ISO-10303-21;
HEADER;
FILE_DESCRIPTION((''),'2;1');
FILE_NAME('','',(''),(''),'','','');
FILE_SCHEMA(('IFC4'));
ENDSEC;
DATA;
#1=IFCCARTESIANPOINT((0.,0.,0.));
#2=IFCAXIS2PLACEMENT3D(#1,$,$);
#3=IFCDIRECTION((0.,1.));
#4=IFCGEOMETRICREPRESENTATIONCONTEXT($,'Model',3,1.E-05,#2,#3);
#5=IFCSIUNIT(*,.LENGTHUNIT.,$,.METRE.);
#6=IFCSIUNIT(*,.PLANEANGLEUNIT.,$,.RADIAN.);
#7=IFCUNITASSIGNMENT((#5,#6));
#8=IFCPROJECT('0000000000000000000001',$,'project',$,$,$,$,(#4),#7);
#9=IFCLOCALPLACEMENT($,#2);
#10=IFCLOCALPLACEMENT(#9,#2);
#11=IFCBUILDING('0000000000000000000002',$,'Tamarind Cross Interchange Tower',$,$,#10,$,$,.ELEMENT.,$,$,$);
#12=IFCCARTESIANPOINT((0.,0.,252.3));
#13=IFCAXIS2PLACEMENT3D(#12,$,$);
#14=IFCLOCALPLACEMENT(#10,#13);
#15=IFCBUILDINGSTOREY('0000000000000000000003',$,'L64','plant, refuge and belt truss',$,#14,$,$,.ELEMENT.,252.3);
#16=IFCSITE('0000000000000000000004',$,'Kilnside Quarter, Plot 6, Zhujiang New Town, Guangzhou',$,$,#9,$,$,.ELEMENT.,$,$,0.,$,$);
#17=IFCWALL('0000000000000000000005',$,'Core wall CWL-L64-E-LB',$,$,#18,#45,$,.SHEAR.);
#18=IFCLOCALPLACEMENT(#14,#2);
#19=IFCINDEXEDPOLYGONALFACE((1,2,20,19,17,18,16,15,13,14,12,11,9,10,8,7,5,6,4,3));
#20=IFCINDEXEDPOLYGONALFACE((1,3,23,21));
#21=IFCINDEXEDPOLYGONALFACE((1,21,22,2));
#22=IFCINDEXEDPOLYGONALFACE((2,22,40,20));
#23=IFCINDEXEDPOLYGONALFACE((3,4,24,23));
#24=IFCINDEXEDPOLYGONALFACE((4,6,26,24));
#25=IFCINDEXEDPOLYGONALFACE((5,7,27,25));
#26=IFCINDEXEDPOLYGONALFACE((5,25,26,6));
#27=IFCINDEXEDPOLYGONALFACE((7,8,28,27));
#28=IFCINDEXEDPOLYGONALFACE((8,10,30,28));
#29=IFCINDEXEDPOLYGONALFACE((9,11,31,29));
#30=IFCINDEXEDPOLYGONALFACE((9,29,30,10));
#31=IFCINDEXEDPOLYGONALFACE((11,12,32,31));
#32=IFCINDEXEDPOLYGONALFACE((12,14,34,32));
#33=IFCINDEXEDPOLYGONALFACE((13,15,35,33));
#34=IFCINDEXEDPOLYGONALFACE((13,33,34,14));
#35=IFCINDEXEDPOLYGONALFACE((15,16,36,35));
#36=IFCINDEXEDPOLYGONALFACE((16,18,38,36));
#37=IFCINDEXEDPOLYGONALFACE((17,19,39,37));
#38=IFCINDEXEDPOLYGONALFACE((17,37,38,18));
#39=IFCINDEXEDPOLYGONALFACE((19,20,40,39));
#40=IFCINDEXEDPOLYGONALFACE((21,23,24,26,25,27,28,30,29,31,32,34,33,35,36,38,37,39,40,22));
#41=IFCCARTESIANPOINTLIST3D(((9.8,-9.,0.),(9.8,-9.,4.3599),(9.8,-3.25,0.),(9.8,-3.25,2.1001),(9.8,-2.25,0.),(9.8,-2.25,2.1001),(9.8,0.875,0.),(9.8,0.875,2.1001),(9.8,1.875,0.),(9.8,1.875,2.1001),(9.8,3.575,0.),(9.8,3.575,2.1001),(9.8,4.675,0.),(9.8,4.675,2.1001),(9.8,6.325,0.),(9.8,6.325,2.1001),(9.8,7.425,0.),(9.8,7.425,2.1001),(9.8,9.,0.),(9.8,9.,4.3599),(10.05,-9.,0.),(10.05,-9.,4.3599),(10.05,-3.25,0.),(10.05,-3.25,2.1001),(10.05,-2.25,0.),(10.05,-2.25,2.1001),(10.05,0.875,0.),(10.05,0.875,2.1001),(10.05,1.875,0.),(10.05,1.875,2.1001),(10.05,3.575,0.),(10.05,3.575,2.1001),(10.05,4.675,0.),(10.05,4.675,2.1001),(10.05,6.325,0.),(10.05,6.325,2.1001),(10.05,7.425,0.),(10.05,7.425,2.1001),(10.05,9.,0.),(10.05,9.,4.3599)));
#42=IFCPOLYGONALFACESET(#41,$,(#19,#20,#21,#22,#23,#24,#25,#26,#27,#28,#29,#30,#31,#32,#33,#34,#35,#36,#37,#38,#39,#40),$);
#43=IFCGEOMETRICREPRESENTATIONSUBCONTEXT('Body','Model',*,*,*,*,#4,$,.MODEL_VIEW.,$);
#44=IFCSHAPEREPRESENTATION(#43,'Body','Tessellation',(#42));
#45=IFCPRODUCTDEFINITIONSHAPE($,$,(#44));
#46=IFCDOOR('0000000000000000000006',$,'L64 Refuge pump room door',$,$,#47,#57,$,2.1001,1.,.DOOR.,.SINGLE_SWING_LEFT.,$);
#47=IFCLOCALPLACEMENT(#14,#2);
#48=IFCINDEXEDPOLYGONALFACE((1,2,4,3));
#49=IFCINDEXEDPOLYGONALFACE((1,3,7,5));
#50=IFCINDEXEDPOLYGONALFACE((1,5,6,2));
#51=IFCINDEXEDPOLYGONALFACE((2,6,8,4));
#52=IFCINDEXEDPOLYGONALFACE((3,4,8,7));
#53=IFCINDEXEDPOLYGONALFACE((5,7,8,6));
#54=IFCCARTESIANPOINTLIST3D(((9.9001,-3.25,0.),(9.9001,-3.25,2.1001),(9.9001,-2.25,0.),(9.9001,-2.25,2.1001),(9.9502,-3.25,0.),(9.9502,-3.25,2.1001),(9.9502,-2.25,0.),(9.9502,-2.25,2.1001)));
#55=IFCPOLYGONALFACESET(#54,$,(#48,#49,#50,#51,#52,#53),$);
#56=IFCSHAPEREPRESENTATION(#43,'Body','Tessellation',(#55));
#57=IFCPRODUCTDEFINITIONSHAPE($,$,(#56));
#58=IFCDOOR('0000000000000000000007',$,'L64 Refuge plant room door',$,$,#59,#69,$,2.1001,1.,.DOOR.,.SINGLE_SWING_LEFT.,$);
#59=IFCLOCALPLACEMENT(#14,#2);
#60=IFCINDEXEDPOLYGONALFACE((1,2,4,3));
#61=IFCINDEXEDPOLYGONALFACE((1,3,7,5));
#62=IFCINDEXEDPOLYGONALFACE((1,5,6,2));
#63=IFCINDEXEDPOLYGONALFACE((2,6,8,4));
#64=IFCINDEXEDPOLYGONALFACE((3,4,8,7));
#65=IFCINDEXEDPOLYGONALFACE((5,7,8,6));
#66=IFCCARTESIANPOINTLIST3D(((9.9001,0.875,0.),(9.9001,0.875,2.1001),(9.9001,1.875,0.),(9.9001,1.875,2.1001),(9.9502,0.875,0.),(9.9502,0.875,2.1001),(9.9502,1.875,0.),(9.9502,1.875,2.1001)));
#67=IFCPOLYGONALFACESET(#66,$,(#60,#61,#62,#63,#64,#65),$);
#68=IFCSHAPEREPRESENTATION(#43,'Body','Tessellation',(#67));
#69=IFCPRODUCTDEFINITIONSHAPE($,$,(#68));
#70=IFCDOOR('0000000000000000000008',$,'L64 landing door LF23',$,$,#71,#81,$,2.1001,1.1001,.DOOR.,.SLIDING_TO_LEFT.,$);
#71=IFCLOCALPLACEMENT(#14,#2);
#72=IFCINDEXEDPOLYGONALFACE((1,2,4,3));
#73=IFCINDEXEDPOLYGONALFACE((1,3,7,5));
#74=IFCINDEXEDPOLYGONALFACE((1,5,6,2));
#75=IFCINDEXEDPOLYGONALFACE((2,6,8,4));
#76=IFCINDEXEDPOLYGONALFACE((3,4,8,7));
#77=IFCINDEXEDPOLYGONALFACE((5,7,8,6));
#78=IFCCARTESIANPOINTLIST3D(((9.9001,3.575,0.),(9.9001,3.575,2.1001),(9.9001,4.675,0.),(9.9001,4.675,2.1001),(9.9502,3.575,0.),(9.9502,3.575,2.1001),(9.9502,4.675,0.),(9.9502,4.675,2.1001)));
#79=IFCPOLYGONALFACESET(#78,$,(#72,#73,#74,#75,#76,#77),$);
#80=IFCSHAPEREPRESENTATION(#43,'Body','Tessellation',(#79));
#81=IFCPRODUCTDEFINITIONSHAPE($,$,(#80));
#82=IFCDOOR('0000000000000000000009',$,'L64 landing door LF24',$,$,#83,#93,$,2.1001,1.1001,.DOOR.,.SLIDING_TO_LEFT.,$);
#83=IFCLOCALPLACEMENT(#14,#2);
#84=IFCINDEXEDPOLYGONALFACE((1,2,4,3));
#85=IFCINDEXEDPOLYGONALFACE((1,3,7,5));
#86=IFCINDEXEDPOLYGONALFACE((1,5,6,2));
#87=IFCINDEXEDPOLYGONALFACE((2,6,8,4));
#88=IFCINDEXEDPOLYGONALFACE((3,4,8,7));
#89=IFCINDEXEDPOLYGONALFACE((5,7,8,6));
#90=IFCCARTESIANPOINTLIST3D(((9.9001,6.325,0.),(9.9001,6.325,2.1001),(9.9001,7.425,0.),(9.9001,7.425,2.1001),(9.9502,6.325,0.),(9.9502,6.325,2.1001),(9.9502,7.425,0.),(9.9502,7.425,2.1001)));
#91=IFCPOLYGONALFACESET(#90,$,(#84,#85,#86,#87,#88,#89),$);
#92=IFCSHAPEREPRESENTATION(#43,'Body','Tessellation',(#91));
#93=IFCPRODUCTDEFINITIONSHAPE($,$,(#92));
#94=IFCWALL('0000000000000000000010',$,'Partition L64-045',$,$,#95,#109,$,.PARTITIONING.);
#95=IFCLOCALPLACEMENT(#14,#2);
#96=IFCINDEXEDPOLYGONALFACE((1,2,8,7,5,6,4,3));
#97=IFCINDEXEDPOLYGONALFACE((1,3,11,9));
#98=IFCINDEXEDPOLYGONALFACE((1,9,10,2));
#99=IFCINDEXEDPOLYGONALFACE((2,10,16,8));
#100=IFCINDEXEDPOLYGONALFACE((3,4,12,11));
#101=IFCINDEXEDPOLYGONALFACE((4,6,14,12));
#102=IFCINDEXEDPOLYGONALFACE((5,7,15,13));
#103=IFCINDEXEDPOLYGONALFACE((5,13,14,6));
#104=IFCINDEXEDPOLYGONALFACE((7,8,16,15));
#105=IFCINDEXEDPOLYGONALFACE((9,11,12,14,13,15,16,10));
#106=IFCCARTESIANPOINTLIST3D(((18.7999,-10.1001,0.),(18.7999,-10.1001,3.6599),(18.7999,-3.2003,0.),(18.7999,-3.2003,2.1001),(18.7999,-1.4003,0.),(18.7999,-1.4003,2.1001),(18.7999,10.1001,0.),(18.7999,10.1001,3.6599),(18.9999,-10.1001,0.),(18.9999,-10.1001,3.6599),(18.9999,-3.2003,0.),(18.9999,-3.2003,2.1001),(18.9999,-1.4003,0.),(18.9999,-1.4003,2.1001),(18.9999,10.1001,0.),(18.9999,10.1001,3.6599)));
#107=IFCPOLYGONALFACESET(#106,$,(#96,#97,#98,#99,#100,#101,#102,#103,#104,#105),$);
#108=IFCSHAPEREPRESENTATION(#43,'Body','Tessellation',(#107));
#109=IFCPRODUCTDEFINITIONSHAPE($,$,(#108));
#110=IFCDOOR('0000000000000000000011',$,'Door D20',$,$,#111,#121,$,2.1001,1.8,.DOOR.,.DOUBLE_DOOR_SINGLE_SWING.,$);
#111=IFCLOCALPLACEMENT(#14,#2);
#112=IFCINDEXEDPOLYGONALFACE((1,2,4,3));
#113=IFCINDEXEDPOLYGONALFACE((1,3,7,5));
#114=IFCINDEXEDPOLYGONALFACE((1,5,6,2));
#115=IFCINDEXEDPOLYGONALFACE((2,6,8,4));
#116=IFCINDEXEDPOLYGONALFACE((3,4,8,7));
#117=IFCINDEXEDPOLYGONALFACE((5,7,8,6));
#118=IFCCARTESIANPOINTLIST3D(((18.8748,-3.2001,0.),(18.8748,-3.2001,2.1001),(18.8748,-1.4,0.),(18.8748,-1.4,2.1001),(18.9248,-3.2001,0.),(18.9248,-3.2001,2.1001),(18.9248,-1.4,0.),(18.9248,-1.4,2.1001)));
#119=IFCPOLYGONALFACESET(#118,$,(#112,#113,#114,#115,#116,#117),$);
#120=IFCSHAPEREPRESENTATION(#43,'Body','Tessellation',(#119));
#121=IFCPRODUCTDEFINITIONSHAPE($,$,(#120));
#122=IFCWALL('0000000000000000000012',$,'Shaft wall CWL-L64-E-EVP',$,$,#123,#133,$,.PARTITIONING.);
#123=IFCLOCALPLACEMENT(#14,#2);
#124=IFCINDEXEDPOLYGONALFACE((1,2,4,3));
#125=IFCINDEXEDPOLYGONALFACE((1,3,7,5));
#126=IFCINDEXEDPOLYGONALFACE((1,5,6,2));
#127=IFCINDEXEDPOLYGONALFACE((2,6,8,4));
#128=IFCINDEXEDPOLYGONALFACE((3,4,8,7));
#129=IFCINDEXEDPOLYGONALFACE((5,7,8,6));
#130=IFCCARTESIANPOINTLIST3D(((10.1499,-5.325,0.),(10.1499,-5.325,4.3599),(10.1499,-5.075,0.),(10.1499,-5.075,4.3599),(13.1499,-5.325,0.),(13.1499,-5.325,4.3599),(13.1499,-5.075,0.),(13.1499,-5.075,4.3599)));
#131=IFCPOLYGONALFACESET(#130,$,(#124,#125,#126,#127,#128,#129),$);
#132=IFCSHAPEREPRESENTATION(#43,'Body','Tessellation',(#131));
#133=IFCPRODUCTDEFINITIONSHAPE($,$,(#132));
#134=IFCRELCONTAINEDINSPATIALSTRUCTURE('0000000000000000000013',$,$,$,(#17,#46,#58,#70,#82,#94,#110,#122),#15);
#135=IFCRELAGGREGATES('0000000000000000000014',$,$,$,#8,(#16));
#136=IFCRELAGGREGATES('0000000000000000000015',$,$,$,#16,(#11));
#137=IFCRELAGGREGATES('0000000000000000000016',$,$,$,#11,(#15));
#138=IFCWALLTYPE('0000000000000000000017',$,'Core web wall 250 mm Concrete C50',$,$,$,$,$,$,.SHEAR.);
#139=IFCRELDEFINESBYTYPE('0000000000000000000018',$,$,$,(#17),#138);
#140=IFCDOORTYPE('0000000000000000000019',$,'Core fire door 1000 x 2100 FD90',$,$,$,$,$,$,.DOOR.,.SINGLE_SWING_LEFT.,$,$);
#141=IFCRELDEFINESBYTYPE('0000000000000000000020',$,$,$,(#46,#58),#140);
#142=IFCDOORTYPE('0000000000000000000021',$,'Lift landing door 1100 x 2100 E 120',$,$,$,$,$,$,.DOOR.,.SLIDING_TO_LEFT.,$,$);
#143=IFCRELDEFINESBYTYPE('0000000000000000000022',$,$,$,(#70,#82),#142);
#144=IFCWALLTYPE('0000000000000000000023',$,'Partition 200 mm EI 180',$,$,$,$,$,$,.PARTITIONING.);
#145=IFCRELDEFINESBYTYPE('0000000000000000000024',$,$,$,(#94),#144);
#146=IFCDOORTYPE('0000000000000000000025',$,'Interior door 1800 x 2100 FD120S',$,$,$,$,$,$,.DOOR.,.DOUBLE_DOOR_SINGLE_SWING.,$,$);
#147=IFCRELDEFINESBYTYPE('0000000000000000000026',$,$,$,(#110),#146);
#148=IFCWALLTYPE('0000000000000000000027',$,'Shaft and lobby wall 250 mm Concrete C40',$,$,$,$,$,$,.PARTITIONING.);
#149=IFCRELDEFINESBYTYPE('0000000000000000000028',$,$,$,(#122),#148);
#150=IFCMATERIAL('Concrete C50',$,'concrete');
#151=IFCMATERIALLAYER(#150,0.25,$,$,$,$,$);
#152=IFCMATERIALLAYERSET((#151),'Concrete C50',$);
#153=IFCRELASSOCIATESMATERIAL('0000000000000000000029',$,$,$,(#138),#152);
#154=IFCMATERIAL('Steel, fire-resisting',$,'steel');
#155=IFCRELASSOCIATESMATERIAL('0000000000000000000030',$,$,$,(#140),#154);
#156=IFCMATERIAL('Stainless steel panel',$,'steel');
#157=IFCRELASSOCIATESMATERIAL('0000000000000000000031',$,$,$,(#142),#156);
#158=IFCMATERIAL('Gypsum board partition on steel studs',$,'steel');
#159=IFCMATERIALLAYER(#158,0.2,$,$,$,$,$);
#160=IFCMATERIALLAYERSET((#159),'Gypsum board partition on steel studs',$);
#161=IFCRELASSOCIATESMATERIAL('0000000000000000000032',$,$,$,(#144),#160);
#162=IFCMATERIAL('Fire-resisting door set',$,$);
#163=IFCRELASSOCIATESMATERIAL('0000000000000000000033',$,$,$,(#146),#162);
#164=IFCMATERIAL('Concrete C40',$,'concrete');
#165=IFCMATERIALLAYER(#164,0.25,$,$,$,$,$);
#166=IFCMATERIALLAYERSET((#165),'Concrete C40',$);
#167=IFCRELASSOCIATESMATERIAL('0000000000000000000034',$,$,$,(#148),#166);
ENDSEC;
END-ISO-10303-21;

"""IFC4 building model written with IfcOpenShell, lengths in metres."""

from ifc_helpers import new_model, si_unit, direction, frame, frame_2d, origin, place, context, subcontext, project, spatial, rectangle, extrude, material, layer, layer_set, type_object, element, fill, save


model = new_model("IFC4")

# Units and contexts
model_context = context("Model", 3, precision=1e-05, world=origin(), true_north=direction((0.0, 1.0)))
body_context = subcontext(model_context, "Body", "Model", "MODEL_VIEW")
ifc_project = project(units=[si_unit("LENGTHUNIT", "METRE"), si_unit("PLANEANGLEUNIT", "RADIAN")], contexts=[model_context])

# Site, building, storey
site_placement = place(None, origin())
site = spatial("IfcSite", under=ifc_project, at=site_placement, Name="Kilnside Quarter, Plot 6, Zhujiang New Town, Guangzhou", CompositionType="ELEMENT", RefElevation=0.0)
building_placement = place(site_placement, origin())
building = spatial("IfcBuilding", under=site, at=building_placement, Name="Tamarind Cross Interchange Tower", CompositionType="ELEMENT")
storey_placement = place(building_placement, frame((0.0, 0.0, 252.3)))
storey = spatial("IfcBuildingStorey", under=building, at=storey_placement, Name="L64", Description="plant, refuge and belt truss", CompositionType="ELEMENT", Elevation=252.3)

# Shared definitions
ifc_material_1 = material(Name="Concrete C50", Category="concrete")

# Wall, openings, doors
ifc_material_2 = material(Name="Steel, fire-resisting", Category="steel")
ifc_layer_1 = layer(ifc_material_1, 0.25)
ifc_layer_set_1 = layer_set([ifc_layer_1], Name="Concrete C50")
wall_type_1 = type_object("IfcWallType", Name="Core web wall 250 mm Concrete C50", PredefinedType="SHEAR", material=ifc_layer_set_1)
door_type_1 = type_object("IfcDoorType", Name="Core fire door 1000 x 2100 FD90", OperationType="SINGLE_SWING_LEFT", PredefinedType="DOOR", material=ifc_material_2)
ifc_material_3 = material(Name="Stainless steel panel", Category="steel")
wall_1_placement = place(storey_placement, frame((9.925, -9.0, 0.0), z_axis=(0.0, 0.0, 1.0), x_axis=(0.0, 1.0, 0.0)))
wall_1 = element("IfcWall", 1, at=wall_1_placement, inside=storey, type_object=wall_type_1, Name="Core wall CWL-L64-E-LB", PredefinedType="SHEAR", context=body_context, shape_type="SweptSolid", body=[
    extrude(rectangle(XDim=18.0, YDim=0.25, at=frame_2d((9.0, 0.0))), origin(), (0.0, 0.0, 1.0), 4.3599),
])
opening_1_placement = place(wall_1_placement, frame((12.575, 0.0, 0.0)))
opening_1 = element("IfcOpeningElement", 2, at=opening_1_placement, cuts=wall_1, PredefinedType="OPENING", context=body_context, shape_type="SweptSolid", body=[
    extrude(rectangle(XDim=1.1001, YDim=2.1001, at=frame_2d((0.55, 1.05))), frame((0.0, 0.135, 0.0), z_axis=(0.0, -1.0, 0.0), x_axis=(1.0, 0.0, 0.0)), (0.0, 0.0, 1.0), 0.27),
])
opening_2_placement = place(wall_1_placement, frame((15.325, 0.0, 0.0)))
opening_2 = element("IfcOpeningElement", 3, at=opening_2_placement, cuts=wall_1, PredefinedType="OPENING", context=body_context, shape_type="SweptSolid", body=[
    extrude(rectangle(XDim=1.1001, YDim=2.1001, at=frame_2d((0.55, 1.05))), frame((0.0, 0.135, 0.0), z_axis=(0.0, -1.0, 0.0), x_axis=(1.0, 0.0, 0.0)), (0.0, 0.0, 1.0), 0.27),
])
opening_3_placement = place(wall_1_placement, frame((5.75, 0.0, 0.0)))
opening_3 = element("IfcOpeningElement", 4, at=opening_3_placement, cuts=wall_1, PredefinedType="OPENING", context=body_context, shape_type="SweptSolid", body=[
    extrude(rectangle(XDim=1.0, YDim=2.1001, at=frame_2d((0.5, 1.05))), frame((0.0, 0.135, 0.0), z_axis=(0.0, -1.0, 0.0), x_axis=(1.0, 0.0, 0.0)), (0.0, 0.0, 1.0), 0.27),
])
opening_4_placement = place(wall_1_placement, frame((9.875, 0.0, 0.0)))
opening_4 = element("IfcOpeningElement", 5, at=opening_4_placement, cuts=wall_1, PredefinedType="OPENING", context=body_context, shape_type="SweptSolid", body=[
    extrude(rectangle(XDim=1.0, YDim=2.1001, at=frame_2d((0.5, 1.05))), frame((0.0, 0.135, 0.0), z_axis=(0.0, -1.0, 0.0), x_axis=(1.0, 0.0, 0.0)), (0.0, 0.0, 1.0), 0.27),
])
door_1_placement = place(opening_3_placement, origin())
door_1 = element("IfcDoor", 6, at=door_1_placement, inside=storey, type_object=door_type_1, Name="L64 Refuge pump room door", OperationType="SINGLE_SWING_LEFT", OverallHeight=2.1001, OverallWidth=1.0, PredefinedType="DOOR", context=body_context, shape_type="SweptSolid", body=[
    extrude(rectangle(XDim=1.0, YDim=2.1001, at=frame_2d((0.5, 1.05))), frame((0.0, 0.0249, 0.0), z_axis=(0.0, -1.0, 0.0), x_axis=(1.0, 0.0, 0.0)), (0.0, 0.0, 1.0), 0.05),
])
fill(opening_3, door_1)
door_2_placement = place(opening_4_placement, origin())
door_2 = element("IfcDoor", 7, at=door_2_placement, inside=storey, type_object=door_type_1, Name="L64 Refuge plant room door", OperationType="SINGLE_SWING_LEFT", OverallHeight=2.1001, OverallWidth=1.0, PredefinedType="DOOR", context=body_context, shape_type="SweptSolid", body=[
    extrude(rectangle(XDim=1.0, YDim=2.1001, at=frame_2d((0.5, 1.05))), frame((0.0, 0.0249, 0.0), z_axis=(0.0, -1.0, 0.0), x_axis=(1.0, 0.0, 0.0)), (0.0, 0.0, 1.0), 0.05),
])
fill(opening_4, door_2)
door_type_2 = type_object("IfcDoorType", Name="Lift landing door 1100 x 2100 E 120", OperationType="SLIDING_TO_LEFT", PredefinedType="DOOR", material=ifc_material_3)
door_3_placement = place(opening_1_placement, origin())
door_3 = element("IfcDoor", 8, at=door_3_placement, inside=storey, type_object=door_type_2, Name="L64 landing door LF23", OperationType="SLIDING_TO_LEFT", OverallHeight=2.1001, OverallWidth=1.1001, PredefinedType="DOOR", context=body_context, shape_type="SweptSolid", body=[
    extrude(rectangle(XDim=1.1001, YDim=2.1001, at=frame_2d((0.55, 1.05))), frame((0.0, 0.0249, 0.0), z_axis=(0.0, -1.0, 0.0), x_axis=(1.0, 0.0, 0.0)), (0.0, 0.0, 1.0), 0.05),
])
fill(opening_1, door_3)
door_4_placement = place(opening_2_placement, origin())
door_4 = element("IfcDoor", 9, at=door_4_placement, inside=storey, type_object=door_type_2, Name="L64 landing door LF24", OperationType="SLIDING_TO_LEFT", OverallHeight=2.1001, OverallWidth=1.1001, PredefinedType="DOOR", context=body_context, shape_type="SweptSolid", body=[
    extrude(rectangle(XDim=1.1001, YDim=2.1001, at=frame_2d((0.55, 1.05))), frame((0.0, 0.0249, 0.0), z_axis=(0.0, -1.0, 0.0), x_axis=(1.0, 0.0, 0.0)), (0.0, 0.0, 1.0), 0.05),
])
fill(opening_2, door_4)

# Wall, opening, door
ifc_material_4 = material(Name="Gypsum board partition on steel studs", Category="steel")
ifc_layer_2 = layer(ifc_material_4, 0.2)
ifc_layer_set_2 = layer_set([ifc_layer_2], Name="Gypsum board partition on steel studs")
wall_type_2 = type_object("IfcWallType", Name="Partition 200 mm EI 180", PredefinedType="PARTITIONING", material=ifc_layer_set_2)
wall_2_placement = place(storey_placement, frame((18.8999, -10.1001, 0.0), z_axis=(0.0, 0.0, 1.0), x_axis=(0.0, 1.0, 0.0)))
wall_2 = element("IfcWall", 10, at=wall_2_placement, inside=storey, type_object=wall_type_2, Name="Partition L64-045", PredefinedType="PARTITIONING", context=body_context, shape_type="SweptSolid", body=[
    extrude(rectangle(XDim=20.2002, YDim=0.2, at=frame_2d((10.1001, 0.0))), origin(), (0.0, 0.0, 1.0), 3.6599),
])
opening_5_placement = place(wall_2_placement, frame((6.8999, 0.0, 0.0)))
opening_5 = element("IfcOpeningElement", 11, at=opening_5_placement, cuts=wall_2, PredefinedType="OPENING", context=body_context, shape_type="SweptSolid", body=[
    extrude(rectangle(XDim=1.8, YDim=2.1001, at=frame_2d((0.8999, 1.05))), frame((0.0, 0.1099, 0.0), z_axis=(0.0, -1.0, 0.0), x_axis=(1.0, 0.0, 0.0)), (0.0, 0.0, 1.0), 0.22),
])
ifc_material_5 = material(Name="Fire-resisting door set")
door_type_3 = type_object("IfcDoorType", Name="Interior door 1800 x 2100 FD120S", OperationType="DOUBLE_DOOR_SINGLE_SWING", PredefinedType="DOOR", material=ifc_material_5)
door_5_placement = place(opening_5_placement, frame((1.8, 0.0, 0.0), z_axis=(0.0, 0.0, 1.0), x_axis=(-1.0, 0.0, 0.0)))
door_5 = element("IfcDoor", 12, at=door_5_placement, inside=storey, type_object=door_type_3, Name="Door D20", OperationType="DOUBLE_DOOR_SINGLE_SWING", OverallHeight=2.1001, OverallWidth=1.8, PredefinedType="DOOR", context=body_context, shape_type="SweptSolid", body=[
    extrude(rectangle(XDim=1.8, YDim=2.1001, at=frame_2d((0.8999, 1.05))), frame((0.0, 0.0249, 0.0), z_axis=(0.0, -1.0, 0.0), x_axis=(1.0, 0.0, 0.0)), (0.0, 0.0, 1.0), 0.05),
])
fill(opening_5, door_5)

# Wall
ifc_material_6 = material(Name="Concrete C40", Category="concrete")
ifc_layer_3 = layer(ifc_material_6, 0.25)
ifc_layer_set_3 = layer_set([ifc_layer_3], Name="Concrete C40")
wall_type_3 = type_object("IfcWallType", Name="Shaft and lobby wall 250 mm Concrete C40", PredefinedType="PARTITIONING", material=ifc_layer_set_3)
wall_3_placement = place(storey_placement, frame((13.1499, -5.2, 0.0), z_axis=(0.0, 0.0, 1.0), x_axis=(-1.0, 0.0, 0.0)))
element("IfcWall", 13, at=wall_3_placement, inside=storey, type_object=wall_type_3, Name="Shaft wall CWL-L64-E-EVP", PredefinedType="PARTITIONING", context=body_context, shape_type="SweptSolid", body=[
    extrude(rectangle(XDim=3.0, YDim=0.25, at=frame_2d((1.5, 0.0))), origin(), (0.0, 0.0, 1.0), 4.3599),
])

save(model, "model.ifc")
